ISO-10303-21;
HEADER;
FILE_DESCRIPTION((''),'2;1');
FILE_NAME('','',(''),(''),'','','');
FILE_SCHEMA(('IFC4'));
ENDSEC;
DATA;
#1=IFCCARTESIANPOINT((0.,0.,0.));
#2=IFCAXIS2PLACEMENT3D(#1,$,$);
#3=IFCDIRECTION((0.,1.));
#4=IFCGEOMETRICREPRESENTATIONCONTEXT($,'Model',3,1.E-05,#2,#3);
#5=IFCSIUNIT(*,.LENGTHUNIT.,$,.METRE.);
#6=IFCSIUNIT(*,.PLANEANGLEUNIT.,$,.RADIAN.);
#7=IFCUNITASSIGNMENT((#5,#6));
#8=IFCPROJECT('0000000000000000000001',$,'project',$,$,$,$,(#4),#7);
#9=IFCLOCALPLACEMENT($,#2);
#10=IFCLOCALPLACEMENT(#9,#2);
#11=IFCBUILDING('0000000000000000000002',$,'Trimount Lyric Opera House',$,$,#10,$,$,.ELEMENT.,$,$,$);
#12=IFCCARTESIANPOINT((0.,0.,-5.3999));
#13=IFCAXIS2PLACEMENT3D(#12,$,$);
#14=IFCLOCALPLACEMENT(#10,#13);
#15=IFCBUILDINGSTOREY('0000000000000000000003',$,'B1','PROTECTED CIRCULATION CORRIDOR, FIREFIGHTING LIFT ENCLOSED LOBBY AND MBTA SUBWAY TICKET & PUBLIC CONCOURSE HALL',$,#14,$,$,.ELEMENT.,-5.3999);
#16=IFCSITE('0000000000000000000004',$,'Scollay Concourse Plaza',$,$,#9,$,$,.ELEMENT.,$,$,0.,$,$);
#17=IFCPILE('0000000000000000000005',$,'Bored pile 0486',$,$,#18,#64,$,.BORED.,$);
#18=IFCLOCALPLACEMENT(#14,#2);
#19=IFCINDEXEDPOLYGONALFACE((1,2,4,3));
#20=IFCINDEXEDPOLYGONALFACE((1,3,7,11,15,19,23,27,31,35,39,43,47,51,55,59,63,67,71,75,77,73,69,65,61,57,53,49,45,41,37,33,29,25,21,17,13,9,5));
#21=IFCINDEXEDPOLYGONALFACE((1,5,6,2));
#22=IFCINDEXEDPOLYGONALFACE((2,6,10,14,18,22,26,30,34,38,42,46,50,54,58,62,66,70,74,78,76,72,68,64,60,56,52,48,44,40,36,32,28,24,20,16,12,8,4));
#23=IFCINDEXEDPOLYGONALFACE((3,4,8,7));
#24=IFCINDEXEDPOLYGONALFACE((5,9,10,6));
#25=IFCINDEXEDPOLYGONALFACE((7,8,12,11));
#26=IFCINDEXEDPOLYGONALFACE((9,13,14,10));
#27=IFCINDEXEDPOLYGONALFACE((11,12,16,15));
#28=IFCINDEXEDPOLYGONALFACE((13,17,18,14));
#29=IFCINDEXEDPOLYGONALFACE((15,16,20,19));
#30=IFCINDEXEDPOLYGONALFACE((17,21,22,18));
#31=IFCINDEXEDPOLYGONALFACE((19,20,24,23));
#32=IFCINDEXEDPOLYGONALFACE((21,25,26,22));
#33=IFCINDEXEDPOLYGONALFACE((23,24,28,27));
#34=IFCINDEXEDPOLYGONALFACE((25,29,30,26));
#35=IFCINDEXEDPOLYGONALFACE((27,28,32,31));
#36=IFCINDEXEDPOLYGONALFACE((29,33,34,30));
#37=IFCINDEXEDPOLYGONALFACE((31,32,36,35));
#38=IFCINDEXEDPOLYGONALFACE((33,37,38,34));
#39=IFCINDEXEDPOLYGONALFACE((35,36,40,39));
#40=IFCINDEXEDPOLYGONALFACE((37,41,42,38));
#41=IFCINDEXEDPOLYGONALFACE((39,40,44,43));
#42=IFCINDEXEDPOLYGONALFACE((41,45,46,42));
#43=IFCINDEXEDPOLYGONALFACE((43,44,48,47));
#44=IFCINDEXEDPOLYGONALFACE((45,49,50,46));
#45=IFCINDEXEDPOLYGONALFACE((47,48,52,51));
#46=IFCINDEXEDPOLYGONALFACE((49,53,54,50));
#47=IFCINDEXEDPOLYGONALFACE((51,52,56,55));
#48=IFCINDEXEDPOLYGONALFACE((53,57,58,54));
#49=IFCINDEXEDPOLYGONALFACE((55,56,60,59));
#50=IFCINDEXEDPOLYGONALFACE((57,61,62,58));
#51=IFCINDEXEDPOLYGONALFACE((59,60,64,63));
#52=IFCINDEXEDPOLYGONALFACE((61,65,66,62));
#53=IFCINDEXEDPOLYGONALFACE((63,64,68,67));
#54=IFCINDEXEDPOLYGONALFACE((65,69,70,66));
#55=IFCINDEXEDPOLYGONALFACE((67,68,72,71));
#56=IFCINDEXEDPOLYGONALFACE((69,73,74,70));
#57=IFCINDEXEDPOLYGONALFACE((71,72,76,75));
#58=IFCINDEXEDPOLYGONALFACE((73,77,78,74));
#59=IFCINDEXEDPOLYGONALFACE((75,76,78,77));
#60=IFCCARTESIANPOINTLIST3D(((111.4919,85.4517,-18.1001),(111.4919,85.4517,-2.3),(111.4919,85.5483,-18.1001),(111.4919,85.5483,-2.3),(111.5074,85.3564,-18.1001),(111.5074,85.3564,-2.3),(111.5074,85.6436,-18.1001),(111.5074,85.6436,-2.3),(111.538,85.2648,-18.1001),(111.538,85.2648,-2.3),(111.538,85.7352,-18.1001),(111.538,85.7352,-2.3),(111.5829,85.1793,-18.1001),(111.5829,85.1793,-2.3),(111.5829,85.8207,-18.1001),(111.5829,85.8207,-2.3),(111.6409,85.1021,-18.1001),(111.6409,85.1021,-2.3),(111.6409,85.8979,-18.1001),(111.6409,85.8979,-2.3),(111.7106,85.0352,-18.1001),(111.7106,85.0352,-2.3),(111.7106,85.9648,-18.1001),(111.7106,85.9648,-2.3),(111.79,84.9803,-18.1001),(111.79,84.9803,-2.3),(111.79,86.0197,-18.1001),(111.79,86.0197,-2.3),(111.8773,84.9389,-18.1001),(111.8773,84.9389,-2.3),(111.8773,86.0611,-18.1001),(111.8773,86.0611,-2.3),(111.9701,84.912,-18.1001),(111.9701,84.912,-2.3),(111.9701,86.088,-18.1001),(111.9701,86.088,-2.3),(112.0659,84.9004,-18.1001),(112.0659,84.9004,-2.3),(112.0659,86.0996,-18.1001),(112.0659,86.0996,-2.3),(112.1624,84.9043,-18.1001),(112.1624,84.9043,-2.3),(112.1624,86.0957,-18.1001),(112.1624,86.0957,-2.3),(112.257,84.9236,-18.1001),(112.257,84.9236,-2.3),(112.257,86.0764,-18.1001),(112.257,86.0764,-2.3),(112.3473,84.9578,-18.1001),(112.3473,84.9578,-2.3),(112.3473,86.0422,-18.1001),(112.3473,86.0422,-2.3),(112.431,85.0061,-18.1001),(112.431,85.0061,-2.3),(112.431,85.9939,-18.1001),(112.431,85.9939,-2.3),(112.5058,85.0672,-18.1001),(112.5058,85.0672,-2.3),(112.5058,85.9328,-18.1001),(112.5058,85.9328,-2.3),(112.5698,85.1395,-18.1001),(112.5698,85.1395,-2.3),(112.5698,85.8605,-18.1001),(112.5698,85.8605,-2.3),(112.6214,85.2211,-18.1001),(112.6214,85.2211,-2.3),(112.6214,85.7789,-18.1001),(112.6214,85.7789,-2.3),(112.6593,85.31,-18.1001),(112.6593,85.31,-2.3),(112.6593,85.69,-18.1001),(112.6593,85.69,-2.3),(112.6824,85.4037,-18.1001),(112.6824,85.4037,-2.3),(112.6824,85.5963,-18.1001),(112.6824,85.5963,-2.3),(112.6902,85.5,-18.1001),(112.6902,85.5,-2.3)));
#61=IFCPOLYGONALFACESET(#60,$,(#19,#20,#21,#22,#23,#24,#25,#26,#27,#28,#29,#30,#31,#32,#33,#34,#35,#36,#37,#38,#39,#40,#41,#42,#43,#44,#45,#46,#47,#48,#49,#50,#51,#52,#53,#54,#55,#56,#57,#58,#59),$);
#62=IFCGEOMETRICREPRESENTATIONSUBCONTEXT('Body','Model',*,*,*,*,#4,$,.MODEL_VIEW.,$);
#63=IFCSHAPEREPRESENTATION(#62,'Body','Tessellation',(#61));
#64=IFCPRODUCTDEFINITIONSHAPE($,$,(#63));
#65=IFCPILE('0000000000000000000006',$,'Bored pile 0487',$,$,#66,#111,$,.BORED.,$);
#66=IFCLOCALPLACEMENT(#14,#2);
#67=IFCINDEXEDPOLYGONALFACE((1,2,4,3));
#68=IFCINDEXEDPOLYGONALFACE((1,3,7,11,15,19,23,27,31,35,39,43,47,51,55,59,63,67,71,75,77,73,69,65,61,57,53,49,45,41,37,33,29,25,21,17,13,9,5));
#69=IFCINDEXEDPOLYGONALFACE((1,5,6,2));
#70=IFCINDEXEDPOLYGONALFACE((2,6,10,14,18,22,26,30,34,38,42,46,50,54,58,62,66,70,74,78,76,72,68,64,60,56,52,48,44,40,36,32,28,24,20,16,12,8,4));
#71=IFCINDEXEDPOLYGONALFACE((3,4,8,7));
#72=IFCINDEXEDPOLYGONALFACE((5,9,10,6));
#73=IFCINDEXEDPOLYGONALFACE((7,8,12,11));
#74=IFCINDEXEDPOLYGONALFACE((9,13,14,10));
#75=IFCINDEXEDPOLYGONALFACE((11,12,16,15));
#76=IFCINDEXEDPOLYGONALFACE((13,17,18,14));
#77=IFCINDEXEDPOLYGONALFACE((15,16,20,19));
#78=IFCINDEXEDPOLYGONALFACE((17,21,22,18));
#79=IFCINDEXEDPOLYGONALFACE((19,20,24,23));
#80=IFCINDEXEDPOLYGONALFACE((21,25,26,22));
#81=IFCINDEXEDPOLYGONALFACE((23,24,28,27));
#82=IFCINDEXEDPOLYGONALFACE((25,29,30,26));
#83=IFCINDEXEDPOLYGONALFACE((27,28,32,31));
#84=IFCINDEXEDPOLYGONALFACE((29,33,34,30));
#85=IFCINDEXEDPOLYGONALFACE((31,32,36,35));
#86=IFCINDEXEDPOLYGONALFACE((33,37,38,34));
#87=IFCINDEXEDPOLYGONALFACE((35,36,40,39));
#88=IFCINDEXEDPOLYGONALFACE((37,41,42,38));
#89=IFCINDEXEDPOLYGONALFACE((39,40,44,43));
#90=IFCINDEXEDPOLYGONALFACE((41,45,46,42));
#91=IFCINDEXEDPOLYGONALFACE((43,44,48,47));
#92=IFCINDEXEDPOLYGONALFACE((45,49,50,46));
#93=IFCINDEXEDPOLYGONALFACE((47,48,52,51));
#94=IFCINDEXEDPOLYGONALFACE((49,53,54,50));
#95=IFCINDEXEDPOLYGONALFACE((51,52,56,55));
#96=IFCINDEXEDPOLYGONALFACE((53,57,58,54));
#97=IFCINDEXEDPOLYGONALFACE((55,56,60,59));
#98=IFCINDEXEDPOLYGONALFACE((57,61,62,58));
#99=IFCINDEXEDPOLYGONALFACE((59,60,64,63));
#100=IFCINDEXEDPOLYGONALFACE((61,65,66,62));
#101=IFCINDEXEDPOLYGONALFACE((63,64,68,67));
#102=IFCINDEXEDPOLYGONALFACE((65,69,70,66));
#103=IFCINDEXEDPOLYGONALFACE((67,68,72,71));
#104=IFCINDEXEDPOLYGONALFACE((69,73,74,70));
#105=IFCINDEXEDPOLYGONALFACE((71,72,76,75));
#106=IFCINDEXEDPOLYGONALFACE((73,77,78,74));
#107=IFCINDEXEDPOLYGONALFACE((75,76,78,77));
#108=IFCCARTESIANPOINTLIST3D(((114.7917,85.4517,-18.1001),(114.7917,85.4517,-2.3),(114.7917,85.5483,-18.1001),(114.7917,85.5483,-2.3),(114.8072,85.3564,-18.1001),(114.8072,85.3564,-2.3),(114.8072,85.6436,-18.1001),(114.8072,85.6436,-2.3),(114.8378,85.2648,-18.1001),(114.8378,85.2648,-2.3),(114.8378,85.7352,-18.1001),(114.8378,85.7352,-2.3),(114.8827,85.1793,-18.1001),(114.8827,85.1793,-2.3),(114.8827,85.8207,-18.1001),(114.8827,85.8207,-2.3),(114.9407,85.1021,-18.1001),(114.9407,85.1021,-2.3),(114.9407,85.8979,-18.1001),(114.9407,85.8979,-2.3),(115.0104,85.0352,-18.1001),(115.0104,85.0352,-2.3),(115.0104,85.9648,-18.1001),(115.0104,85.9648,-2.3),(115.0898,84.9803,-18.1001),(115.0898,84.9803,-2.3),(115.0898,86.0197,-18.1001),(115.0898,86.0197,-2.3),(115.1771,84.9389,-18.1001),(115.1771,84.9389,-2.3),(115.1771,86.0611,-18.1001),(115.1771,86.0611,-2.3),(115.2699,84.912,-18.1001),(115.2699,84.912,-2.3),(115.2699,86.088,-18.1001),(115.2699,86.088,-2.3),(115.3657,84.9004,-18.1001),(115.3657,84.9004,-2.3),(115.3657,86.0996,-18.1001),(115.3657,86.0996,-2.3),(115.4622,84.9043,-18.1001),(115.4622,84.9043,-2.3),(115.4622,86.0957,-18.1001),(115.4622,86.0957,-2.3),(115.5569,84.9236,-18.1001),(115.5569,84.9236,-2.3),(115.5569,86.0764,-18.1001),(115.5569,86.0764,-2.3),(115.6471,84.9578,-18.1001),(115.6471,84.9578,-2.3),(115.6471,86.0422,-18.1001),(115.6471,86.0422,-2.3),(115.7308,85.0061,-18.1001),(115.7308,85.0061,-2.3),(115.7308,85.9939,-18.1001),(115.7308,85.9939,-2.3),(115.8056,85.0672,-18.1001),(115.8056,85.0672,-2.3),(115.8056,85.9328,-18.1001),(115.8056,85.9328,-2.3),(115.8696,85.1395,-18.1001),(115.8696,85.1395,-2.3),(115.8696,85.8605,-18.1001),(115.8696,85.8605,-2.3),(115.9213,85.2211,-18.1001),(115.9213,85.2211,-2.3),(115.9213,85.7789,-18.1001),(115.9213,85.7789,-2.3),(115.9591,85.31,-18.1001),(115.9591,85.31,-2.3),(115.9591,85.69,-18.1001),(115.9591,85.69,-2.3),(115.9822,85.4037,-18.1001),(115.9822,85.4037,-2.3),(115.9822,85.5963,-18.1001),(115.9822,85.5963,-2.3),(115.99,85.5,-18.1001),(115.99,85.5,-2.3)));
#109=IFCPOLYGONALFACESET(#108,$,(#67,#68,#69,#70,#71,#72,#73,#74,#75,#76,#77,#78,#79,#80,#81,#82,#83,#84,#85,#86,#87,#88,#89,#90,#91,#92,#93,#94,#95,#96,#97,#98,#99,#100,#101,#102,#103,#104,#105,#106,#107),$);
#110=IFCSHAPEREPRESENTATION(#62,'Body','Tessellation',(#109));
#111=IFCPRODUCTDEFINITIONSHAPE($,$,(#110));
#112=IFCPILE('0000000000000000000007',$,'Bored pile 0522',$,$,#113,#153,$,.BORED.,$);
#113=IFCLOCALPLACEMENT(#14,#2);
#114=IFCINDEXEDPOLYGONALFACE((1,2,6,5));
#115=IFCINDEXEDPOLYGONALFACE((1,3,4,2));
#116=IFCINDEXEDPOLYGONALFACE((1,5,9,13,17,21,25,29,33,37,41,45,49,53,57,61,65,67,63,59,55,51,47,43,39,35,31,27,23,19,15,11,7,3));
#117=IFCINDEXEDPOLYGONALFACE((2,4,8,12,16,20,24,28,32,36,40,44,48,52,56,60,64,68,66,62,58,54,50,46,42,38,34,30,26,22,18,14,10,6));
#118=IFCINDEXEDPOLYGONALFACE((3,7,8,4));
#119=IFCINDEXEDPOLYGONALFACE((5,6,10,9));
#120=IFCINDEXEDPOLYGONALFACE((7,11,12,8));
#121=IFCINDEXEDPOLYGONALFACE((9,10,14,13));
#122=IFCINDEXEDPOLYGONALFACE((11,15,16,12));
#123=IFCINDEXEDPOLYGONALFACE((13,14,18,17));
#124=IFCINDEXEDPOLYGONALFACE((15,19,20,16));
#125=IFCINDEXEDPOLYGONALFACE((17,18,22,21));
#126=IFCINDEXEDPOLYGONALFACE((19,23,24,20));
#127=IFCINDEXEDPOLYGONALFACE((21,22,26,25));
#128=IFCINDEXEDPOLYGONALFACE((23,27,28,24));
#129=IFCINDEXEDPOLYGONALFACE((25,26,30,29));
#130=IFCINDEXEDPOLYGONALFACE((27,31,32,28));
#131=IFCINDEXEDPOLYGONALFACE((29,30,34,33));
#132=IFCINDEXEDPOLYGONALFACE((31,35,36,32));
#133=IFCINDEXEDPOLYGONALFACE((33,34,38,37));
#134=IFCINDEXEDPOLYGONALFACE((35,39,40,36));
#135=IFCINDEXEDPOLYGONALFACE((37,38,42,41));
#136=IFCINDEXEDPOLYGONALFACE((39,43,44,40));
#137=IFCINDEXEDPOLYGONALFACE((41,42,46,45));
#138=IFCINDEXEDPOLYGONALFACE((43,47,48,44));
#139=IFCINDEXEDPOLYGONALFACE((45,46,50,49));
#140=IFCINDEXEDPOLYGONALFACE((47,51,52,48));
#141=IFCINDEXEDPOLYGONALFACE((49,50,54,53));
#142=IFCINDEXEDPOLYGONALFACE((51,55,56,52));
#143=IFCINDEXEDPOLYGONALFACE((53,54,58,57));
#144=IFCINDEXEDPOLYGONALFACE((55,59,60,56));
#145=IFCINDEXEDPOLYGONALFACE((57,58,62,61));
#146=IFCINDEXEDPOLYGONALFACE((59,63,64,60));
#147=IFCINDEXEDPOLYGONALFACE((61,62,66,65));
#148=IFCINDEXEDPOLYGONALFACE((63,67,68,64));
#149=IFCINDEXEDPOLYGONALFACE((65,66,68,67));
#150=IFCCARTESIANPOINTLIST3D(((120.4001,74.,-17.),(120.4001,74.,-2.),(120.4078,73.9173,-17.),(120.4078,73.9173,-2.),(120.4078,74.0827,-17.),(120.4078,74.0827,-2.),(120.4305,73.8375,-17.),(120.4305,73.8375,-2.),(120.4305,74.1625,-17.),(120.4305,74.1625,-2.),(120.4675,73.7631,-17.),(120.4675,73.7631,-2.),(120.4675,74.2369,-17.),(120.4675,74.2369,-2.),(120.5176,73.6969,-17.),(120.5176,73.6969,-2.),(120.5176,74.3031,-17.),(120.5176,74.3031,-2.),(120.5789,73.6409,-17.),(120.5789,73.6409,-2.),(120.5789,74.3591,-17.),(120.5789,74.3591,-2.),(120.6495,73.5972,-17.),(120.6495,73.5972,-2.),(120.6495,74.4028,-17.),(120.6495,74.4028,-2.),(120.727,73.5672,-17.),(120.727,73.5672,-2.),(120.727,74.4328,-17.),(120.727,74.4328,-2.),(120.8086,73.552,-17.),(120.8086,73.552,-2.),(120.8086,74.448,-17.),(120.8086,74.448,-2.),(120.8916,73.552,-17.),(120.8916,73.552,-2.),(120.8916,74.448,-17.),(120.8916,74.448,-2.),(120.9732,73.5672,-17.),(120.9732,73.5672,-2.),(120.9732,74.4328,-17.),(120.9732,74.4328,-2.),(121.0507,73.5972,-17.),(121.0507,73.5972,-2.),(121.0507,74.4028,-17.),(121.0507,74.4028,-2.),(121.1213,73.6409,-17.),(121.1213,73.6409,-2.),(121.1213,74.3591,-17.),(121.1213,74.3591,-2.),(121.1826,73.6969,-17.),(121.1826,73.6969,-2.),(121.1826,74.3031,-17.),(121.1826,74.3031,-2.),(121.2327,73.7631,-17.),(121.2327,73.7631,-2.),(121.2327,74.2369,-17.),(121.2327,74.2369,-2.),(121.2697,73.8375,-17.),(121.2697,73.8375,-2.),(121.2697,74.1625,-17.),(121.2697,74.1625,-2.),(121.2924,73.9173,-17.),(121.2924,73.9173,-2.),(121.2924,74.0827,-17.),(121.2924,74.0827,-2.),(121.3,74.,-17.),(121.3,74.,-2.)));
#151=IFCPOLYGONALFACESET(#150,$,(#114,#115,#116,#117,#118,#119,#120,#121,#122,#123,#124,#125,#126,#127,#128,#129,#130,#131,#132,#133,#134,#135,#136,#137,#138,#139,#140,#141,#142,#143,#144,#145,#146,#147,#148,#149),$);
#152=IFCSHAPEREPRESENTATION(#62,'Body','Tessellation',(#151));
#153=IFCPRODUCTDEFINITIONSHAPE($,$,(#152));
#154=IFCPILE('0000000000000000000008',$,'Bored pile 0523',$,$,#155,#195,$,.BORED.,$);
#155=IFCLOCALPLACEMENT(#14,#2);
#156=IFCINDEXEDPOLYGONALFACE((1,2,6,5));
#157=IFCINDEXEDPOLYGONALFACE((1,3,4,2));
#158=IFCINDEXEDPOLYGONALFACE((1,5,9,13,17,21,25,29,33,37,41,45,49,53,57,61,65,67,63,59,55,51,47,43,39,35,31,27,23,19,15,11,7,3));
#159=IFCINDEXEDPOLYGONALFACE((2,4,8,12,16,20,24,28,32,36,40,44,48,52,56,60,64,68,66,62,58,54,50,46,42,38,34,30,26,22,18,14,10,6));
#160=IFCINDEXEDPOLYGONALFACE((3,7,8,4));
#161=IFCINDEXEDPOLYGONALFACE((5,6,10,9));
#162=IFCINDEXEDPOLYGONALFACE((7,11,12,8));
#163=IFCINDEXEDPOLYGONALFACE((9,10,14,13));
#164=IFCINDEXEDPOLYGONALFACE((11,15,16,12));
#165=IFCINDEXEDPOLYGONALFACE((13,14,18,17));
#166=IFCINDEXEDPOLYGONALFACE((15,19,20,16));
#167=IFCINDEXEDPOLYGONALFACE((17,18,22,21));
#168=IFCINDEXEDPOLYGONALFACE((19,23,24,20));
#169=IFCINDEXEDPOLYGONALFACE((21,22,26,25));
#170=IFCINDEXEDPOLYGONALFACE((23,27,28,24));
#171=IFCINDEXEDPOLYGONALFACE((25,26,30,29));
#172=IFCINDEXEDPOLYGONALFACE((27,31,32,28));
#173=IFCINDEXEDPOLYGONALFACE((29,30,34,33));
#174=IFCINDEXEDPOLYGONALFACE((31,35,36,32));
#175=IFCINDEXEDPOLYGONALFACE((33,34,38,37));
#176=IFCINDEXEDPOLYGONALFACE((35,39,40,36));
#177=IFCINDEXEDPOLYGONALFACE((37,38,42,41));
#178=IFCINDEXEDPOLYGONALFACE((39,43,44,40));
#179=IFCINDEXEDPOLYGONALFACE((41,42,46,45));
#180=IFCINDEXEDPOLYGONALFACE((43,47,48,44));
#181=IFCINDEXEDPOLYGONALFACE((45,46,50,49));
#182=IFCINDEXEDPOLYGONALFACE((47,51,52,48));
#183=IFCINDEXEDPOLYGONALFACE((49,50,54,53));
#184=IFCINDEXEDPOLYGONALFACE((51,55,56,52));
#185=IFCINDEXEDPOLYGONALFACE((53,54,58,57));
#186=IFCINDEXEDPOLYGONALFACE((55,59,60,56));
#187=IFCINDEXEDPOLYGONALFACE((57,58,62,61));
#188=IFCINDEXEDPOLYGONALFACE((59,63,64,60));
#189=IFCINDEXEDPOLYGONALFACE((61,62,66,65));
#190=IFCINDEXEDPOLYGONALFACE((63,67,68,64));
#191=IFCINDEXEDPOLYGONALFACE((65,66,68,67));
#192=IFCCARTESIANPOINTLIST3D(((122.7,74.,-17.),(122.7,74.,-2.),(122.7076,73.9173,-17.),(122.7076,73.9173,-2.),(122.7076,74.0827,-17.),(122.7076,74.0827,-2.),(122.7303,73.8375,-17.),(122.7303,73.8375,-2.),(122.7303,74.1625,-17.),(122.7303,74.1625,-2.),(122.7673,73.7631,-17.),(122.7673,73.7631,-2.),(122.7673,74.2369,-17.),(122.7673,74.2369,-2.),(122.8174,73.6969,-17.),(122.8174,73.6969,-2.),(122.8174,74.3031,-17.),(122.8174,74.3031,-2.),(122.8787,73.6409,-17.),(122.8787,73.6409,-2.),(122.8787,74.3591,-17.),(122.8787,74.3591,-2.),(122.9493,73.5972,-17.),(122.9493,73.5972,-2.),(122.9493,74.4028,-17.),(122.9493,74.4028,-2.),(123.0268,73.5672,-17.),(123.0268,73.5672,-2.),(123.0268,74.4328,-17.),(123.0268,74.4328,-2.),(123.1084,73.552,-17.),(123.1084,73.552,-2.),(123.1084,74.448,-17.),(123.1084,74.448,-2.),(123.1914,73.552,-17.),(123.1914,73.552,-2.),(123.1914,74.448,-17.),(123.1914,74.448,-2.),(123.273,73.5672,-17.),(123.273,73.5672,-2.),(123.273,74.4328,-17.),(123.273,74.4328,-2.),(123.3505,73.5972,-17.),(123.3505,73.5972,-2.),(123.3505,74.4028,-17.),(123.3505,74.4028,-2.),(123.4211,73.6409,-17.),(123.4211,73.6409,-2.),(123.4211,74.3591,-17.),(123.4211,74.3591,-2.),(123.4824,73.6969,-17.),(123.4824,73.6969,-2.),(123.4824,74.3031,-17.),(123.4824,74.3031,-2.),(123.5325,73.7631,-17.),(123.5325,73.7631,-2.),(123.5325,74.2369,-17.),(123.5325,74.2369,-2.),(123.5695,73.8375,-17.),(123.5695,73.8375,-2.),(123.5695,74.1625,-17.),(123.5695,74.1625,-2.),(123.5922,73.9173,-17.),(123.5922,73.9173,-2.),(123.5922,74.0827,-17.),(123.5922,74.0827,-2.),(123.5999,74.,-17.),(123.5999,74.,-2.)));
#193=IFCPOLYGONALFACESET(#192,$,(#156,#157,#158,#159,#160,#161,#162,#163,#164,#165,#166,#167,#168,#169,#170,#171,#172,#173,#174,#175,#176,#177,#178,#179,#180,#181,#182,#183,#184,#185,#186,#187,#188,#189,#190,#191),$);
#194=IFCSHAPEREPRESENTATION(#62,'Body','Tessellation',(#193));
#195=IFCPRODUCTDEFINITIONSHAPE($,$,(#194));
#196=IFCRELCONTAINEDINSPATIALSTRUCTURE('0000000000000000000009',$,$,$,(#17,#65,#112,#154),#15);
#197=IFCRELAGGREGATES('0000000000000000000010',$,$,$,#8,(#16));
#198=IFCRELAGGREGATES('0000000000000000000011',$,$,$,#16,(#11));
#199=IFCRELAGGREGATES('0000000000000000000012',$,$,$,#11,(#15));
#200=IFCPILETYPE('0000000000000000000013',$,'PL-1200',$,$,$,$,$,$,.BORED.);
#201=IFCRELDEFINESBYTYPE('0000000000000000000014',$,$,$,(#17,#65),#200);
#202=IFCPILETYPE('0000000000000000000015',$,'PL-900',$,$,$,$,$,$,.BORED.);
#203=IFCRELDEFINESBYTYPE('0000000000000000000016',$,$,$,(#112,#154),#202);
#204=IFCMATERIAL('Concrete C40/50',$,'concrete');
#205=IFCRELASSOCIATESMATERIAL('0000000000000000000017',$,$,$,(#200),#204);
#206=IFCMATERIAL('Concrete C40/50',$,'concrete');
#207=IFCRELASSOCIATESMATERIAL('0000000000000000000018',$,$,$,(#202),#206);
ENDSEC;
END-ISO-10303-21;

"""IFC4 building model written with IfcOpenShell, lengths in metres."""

from ifc_helpers import new_model, si_unit, direction, frame, origin, origin_2d, place, context, subcontext, project, spatial, circle, extrude, material, material_profile, profile_set, type_object, element, save


model = new_model("IFC4")

# Units and contexts
model_context = context("Model", 3, precision=1e-05, world=origin(), true_north=direction((0.0, 1.0)))
body_context = subcontext(model_context, "Body", "Model", "MODEL_VIEW")
ifc_project = project(units=[si_unit("LENGTHUNIT", "METRE"), si_unit("PLANEANGLEUNIT", "RADIAN")], contexts=[model_context])

# Site, building, storey
site_placement = place(None, origin())
site = spatial("IfcSite", under=ifc_project, at=site_placement, Name="Scollay Concourse Plaza", CompositionType="ELEMENT", RefElevation=0.0)
building_placement = place(site_placement, origin())
building = spatial("IfcBuilding", under=site, at=building_placement, Name="Trimount Lyric Opera House", CompositionType="ELEMENT")
storey_placement = place(building_placement, frame((0.0, 0.0, -5.3999)))
storey = spatial("IfcBuildingStorey", under=building, at=storey_placement, Name="B1", Description="PROTECTED CIRCULATION CORRIDOR, FIREFIGHTING LIFT ENCLOSED LOBBY AND MBTA SUBWAY TICKET & PUBLIC CONCOURSE HALL", CompositionType="ELEMENT", Elevation=-5.3999)

# Piles
ifc_material_1 = material(Name="Concrete C40/50", Category="concrete")
ifc_material_profile_1 = material_profile(ifc_material_1, circle(Radius=0.6001, at=origin_2d()), Name="PILE-D1200")
ifc_profile_set_1 = profile_set([ifc_material_profile_1], Name="Concrete C40/50")
pile_type_1 = type_object("IfcPileType", Name="PL-1200", PredefinedType="BORED", material=ifc_profile_set_1)
for number, where, z_axis, x_axis, name in (
    (1, (112.0901, 85.5, -2.3), (0.0, 0.0, -1.0), (1.0, 0.0, 0.0), "Bored pile 0486"),
    (2, (115.3899, 85.5, -2.3), (0.0, 0.0, -1.0), (1.0, 0.0, 0.0), "Bored pile 0487"),
):
    element("IfcPile", number, at=place(storey_placement, frame(where, z_axis=z_axis, x_axis=x_axis)), inside=storey, type_object=pile_type_1, Name=name, PredefinedType="BORED", context=body_context, shape_type="SweptSolid", body=[
        extrude(circle(Radius=0.6001, at=origin_2d()), origin(), (0.0, 0.0, 1.0), 15.8),
    ])
ifc_material_2 = material(Name="Concrete C40/50", Category="concrete")
ifc_material_profile_2 = material_profile(ifc_material_2, circle(Radius=0.45, at=origin_2d()), Name="PILE-D900")
ifc_profile_set_2 = profile_set([ifc_material_profile_2], Name="Concrete C40/50")
pile_type_2 = type_object("IfcPileType", Name="PL-900", PredefinedType="BORED", material=ifc_profile_set_2)
for number, where, z_axis, x_axis, name in (
    (3, (120.8501, 74.0, -2.0), (0.0, 0.0, -1.0), (1.0, 0.0, 0.0), "Bored pile 0522"),
    (4, (123.1499, 74.0, -2.0), (0.0, 0.0, -1.0), (1.0, 0.0, 0.0), "Bored pile 0523"),
):
    element("IfcPile", number, at=place(storey_placement, frame(where, z_axis=z_axis, x_axis=x_axis)), inside=storey, type_object=pile_type_2, Name=name, PredefinedType="BORED", context=body_context, shape_type="SweptSolid", body=[
        extrude(circle(Radius=0.45, at=origin_2d()), origin(), (0.0, 0.0, 1.0), 15.0),
    ])

save(model, "model.ifc")
